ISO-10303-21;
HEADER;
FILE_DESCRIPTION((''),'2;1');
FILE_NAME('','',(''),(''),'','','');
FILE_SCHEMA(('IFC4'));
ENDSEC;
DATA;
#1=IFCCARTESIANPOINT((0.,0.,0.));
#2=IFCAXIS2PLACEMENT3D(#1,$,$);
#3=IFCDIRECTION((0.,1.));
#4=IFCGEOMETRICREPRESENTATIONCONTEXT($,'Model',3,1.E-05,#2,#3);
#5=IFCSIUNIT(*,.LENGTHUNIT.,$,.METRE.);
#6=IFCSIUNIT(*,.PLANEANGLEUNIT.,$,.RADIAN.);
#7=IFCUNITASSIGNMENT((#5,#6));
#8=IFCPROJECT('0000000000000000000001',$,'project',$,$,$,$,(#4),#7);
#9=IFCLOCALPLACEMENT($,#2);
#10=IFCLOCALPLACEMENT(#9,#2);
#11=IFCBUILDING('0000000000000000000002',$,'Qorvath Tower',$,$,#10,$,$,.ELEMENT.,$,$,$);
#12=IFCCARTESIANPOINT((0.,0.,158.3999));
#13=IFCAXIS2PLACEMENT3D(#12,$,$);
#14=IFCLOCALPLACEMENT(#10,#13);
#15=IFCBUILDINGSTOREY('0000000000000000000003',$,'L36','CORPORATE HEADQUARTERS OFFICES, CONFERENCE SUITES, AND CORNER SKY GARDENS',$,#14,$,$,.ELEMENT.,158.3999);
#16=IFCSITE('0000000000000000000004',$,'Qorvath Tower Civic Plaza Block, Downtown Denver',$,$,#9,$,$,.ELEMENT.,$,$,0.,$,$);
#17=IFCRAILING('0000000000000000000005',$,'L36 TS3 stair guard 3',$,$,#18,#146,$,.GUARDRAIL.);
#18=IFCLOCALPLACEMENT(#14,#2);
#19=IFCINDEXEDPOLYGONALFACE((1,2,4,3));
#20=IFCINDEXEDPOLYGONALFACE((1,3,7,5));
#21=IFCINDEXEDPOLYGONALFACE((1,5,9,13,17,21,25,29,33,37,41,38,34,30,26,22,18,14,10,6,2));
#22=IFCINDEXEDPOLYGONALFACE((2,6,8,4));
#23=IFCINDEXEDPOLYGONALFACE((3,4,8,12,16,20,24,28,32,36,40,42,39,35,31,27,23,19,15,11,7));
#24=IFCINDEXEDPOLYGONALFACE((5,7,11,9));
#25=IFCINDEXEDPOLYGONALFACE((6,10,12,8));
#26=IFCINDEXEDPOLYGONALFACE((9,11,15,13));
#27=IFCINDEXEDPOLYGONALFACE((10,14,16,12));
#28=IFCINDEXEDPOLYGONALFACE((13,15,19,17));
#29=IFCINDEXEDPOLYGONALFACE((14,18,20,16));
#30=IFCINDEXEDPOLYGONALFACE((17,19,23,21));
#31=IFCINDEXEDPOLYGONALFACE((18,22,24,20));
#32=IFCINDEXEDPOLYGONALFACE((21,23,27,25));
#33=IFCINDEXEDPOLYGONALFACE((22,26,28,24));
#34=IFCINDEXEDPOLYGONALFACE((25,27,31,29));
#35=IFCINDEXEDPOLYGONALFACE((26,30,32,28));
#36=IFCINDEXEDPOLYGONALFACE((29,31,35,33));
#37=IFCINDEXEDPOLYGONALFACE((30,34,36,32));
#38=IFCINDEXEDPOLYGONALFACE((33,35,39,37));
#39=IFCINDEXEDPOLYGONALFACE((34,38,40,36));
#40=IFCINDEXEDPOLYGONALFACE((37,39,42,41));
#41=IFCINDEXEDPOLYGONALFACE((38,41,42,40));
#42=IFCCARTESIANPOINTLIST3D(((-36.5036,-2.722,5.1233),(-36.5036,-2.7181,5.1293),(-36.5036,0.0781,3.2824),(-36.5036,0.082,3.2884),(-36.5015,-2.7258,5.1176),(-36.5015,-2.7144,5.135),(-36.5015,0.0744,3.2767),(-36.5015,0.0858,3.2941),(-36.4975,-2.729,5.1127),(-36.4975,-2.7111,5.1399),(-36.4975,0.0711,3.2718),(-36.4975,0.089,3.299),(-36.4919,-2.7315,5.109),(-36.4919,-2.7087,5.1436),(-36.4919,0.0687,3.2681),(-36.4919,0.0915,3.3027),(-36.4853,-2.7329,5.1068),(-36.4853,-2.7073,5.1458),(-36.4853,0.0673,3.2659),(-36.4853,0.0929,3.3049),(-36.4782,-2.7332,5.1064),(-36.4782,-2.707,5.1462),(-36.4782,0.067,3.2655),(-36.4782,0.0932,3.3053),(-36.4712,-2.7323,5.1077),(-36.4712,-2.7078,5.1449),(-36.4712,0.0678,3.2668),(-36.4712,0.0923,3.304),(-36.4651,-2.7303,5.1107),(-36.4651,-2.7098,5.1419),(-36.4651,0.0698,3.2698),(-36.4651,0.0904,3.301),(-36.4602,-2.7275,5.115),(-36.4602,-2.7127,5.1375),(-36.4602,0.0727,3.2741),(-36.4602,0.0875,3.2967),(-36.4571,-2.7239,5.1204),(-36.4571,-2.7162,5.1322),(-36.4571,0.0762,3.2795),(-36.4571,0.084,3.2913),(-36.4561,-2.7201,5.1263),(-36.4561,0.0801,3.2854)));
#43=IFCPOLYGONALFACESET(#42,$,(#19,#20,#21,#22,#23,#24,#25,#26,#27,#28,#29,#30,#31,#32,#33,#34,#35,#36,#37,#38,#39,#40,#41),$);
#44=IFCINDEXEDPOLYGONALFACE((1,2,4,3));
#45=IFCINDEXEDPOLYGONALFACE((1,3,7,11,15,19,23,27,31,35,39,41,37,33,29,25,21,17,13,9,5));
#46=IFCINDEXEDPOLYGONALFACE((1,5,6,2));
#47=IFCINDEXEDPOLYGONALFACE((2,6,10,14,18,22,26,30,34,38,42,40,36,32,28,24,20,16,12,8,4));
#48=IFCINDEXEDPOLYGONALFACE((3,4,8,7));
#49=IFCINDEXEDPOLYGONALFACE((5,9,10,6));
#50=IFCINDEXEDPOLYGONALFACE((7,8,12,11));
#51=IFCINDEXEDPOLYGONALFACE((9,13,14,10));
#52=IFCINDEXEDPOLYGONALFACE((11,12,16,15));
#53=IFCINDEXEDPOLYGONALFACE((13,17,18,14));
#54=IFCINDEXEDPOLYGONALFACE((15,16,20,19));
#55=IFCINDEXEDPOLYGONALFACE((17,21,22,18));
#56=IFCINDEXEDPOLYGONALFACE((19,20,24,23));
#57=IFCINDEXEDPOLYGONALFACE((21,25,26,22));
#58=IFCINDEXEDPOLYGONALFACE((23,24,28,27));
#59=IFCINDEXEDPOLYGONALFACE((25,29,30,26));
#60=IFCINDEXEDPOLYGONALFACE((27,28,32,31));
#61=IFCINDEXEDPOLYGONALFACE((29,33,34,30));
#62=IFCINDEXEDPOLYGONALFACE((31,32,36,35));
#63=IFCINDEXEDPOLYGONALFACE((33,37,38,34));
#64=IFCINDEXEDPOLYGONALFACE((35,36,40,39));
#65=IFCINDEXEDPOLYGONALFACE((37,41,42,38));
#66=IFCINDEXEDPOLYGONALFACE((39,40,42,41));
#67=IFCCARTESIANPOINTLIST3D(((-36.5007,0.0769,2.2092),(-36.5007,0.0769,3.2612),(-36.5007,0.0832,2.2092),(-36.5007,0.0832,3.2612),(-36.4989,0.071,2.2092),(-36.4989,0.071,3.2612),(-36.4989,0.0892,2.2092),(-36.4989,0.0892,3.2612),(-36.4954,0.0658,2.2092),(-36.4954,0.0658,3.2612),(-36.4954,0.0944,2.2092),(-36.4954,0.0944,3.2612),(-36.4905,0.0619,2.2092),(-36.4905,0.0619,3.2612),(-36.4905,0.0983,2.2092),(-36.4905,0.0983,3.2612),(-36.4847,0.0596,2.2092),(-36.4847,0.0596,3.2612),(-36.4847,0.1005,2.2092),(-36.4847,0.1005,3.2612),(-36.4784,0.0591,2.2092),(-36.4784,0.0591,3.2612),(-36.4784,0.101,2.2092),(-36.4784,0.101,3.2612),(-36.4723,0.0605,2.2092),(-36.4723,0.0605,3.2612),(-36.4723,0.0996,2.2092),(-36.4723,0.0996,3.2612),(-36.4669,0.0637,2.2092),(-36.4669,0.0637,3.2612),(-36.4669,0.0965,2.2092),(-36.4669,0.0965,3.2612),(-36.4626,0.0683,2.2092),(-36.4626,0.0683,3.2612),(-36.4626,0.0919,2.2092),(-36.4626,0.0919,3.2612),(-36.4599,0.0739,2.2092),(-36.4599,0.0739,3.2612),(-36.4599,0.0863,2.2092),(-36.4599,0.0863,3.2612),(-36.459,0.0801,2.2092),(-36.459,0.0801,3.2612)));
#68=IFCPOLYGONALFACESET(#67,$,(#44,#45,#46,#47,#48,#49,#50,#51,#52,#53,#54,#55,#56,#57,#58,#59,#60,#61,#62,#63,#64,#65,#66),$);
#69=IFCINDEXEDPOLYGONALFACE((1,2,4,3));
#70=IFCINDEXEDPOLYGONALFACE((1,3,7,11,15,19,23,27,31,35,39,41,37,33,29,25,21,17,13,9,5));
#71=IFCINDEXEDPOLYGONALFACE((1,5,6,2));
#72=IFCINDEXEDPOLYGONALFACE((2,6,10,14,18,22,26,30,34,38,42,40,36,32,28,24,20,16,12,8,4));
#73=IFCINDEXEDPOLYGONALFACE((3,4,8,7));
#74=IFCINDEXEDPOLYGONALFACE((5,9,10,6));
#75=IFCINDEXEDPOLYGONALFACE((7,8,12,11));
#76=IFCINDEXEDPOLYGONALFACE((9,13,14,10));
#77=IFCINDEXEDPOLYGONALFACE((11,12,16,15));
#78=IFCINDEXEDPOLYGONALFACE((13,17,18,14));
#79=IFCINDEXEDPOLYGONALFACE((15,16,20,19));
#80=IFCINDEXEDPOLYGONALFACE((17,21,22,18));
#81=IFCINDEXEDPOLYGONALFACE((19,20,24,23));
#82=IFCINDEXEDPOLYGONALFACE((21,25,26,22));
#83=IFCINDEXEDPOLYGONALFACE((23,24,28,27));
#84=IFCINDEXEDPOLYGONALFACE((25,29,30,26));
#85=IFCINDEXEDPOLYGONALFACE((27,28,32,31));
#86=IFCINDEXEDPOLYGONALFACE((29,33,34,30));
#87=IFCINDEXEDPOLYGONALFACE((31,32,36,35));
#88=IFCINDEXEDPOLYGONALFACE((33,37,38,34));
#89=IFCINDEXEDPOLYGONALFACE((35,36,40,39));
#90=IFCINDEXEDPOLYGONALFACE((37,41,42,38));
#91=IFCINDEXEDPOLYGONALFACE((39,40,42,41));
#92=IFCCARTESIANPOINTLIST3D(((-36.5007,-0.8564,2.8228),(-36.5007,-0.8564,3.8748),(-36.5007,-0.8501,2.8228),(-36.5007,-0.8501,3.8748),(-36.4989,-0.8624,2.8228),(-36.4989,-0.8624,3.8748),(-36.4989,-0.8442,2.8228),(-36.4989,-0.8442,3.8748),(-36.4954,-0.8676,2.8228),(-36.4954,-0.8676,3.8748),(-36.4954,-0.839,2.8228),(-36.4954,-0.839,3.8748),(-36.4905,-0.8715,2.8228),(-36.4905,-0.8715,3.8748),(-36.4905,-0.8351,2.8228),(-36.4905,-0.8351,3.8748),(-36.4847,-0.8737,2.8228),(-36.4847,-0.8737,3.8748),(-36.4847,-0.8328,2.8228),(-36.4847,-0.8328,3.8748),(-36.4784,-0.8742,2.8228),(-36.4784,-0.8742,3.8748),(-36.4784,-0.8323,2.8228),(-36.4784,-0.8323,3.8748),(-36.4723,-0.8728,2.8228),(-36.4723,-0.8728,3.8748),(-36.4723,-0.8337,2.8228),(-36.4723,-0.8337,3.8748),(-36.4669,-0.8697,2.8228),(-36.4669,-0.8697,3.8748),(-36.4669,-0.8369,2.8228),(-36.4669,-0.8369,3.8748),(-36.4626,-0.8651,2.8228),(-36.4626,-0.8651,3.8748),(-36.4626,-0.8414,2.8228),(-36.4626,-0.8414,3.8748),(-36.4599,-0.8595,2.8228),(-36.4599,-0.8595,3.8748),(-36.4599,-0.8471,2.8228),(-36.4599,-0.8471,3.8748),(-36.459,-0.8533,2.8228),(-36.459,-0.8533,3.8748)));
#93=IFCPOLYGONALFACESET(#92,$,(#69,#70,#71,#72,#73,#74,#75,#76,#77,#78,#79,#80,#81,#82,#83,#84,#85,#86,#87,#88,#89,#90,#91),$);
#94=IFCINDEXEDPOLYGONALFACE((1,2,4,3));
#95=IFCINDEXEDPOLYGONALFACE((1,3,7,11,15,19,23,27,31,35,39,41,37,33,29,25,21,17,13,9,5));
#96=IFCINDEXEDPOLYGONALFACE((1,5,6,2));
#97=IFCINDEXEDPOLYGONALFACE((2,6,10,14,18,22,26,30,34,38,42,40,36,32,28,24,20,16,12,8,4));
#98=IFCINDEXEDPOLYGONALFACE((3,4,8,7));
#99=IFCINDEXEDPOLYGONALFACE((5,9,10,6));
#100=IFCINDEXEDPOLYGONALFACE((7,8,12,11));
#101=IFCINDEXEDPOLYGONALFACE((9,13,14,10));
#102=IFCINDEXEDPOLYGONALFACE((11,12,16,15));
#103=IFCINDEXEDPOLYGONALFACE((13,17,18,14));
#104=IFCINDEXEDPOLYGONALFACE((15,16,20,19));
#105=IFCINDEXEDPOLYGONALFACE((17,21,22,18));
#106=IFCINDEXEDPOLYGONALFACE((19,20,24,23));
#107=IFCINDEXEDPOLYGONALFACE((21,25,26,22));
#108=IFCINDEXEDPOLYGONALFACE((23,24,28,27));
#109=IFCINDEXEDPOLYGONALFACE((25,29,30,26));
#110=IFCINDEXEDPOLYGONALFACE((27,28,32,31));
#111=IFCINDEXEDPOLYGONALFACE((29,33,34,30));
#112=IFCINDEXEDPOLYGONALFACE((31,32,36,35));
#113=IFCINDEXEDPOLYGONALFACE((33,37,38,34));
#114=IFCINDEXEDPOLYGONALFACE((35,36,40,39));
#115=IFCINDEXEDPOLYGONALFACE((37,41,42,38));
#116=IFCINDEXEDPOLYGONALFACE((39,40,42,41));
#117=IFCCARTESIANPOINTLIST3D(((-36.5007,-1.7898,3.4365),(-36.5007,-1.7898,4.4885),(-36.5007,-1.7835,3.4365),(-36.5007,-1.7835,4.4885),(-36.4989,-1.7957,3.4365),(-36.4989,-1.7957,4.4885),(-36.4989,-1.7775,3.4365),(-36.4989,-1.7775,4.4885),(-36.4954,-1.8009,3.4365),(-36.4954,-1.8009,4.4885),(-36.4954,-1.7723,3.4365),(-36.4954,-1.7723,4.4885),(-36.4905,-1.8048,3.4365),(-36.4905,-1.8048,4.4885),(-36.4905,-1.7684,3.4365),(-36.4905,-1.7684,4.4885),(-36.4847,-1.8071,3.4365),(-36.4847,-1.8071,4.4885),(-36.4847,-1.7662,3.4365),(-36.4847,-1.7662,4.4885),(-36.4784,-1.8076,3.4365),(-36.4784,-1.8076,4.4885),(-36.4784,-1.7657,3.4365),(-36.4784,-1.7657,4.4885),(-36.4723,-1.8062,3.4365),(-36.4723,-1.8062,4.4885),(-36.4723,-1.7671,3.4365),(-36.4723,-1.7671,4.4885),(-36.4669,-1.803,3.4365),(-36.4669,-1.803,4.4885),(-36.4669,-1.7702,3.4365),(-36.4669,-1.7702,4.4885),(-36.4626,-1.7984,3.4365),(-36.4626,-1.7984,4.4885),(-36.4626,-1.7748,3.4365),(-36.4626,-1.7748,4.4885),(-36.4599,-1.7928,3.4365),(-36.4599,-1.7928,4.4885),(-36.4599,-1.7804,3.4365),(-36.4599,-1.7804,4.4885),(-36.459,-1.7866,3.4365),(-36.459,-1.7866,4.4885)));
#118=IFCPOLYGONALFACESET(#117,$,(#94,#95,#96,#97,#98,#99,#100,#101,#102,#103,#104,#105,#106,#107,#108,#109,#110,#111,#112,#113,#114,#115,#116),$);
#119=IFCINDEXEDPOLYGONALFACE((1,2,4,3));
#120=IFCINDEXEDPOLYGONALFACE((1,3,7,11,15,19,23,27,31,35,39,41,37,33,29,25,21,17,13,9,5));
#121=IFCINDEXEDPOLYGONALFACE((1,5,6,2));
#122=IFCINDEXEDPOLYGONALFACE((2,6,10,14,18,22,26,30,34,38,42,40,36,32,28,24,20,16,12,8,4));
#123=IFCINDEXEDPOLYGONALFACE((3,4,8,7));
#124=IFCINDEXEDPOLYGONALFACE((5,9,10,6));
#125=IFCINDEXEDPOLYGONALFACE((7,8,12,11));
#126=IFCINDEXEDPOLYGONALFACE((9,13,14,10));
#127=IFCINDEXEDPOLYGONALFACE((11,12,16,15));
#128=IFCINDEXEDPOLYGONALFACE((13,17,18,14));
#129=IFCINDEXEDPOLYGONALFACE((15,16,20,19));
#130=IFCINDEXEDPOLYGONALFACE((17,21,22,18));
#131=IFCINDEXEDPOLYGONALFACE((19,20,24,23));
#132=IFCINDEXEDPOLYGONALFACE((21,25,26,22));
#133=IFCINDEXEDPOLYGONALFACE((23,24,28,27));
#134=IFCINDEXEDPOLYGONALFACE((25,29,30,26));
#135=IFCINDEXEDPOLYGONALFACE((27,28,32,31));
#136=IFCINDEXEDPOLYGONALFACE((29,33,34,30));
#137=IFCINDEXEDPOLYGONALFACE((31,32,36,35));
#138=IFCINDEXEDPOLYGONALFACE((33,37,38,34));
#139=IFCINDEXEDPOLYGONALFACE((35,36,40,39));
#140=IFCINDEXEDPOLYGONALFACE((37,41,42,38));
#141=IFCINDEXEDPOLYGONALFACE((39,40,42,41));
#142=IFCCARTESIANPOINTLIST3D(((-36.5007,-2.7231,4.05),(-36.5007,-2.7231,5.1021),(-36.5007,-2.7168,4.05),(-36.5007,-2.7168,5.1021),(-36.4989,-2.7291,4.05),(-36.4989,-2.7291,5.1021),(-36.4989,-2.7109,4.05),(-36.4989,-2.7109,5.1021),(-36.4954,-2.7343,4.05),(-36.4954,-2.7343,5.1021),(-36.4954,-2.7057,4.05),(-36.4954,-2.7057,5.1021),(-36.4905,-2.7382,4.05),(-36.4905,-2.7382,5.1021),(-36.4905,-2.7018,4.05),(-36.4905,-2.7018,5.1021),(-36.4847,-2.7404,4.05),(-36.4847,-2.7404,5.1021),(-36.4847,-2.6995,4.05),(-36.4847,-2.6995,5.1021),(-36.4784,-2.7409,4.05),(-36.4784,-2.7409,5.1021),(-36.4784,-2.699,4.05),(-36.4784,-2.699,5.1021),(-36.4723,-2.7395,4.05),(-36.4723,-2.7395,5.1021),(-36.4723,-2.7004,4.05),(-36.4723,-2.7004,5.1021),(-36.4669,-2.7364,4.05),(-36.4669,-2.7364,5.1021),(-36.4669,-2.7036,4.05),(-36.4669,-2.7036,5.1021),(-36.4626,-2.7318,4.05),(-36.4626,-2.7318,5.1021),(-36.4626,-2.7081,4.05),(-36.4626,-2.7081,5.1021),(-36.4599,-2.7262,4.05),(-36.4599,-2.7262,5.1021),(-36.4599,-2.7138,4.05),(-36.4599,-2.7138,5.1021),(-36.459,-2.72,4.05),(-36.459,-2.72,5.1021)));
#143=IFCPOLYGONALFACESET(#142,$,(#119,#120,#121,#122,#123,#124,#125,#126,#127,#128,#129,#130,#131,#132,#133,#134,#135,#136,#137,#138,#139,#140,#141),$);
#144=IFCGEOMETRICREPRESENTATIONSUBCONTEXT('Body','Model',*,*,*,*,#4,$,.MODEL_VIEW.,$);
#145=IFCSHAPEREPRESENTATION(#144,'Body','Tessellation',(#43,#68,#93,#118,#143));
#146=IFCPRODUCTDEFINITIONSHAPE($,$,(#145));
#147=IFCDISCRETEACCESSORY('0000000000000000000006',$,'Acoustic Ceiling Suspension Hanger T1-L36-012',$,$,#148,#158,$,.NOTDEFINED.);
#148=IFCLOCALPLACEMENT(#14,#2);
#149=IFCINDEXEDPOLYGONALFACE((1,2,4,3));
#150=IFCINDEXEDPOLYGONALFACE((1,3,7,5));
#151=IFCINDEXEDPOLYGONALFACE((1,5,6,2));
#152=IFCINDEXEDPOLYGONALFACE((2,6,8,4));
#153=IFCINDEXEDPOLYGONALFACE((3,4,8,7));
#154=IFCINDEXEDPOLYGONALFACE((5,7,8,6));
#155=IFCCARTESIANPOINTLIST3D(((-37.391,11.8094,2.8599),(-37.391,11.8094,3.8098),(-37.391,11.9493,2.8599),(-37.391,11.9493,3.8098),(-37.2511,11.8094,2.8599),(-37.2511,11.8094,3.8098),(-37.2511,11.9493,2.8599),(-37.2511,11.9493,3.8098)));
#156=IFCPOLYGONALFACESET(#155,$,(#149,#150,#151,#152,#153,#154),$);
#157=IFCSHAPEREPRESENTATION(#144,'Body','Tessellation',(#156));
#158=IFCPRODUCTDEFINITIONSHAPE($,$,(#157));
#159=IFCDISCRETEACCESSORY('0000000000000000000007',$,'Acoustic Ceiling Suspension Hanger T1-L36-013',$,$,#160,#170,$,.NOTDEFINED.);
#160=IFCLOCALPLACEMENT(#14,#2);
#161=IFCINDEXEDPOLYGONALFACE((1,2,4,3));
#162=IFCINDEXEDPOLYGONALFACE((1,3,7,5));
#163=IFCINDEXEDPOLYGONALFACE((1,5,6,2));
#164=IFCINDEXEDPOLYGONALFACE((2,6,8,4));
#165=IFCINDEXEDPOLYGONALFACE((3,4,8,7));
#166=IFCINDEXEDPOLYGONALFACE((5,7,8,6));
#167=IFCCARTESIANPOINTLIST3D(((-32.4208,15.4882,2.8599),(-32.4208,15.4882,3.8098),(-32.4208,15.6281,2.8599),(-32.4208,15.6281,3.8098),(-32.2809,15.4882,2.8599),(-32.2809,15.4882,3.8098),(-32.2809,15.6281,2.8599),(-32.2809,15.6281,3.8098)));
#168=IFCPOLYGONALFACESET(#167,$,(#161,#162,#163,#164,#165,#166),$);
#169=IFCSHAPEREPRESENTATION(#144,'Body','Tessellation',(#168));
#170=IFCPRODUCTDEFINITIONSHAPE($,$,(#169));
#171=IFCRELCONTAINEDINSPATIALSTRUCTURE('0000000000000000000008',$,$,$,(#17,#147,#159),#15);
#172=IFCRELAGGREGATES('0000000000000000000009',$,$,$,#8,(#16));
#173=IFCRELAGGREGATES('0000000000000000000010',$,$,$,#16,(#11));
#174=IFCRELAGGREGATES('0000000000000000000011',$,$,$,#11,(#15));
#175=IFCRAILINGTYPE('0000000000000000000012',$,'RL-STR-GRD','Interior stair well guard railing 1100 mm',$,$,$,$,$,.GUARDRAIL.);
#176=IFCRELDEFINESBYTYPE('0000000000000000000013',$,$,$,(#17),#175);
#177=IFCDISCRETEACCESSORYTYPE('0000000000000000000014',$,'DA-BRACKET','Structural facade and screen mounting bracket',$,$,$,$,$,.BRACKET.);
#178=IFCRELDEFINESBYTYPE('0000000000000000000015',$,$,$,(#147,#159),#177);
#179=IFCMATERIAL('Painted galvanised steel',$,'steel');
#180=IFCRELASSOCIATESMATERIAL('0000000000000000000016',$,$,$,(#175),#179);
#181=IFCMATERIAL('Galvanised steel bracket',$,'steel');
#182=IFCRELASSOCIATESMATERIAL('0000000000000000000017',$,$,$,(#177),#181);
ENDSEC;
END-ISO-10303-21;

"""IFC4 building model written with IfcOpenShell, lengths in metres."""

from ifc_helpers import new_model, si_unit, direction, frame, origin, origin_2d, place, context, subcontext, project, spatial, rectangle, circle, extrude, material, type_object, element, save


model = new_model("IFC4")

# Units and contexts
model_context = context("Model", 3, precision=1e-05, world=origin(), true_north=direction((0.0, 1.0)))
body_context = subcontext(model_context, "Body", "Model", "MODEL_VIEW")
ifc_project = project(units=[si_unit("LENGTHUNIT", "METRE"), si_unit("PLANEANGLEUNIT", "RADIAN")], contexts=[model_context])

# Site, building, storey
site_placement = place(None, origin())
site = spatial("IfcSite", under=ifc_project, at=site_placement, Name="Qorvath Tower Civic Plaza Block, Downtown Denver", CompositionType="ELEMENT", RefElevation=0.0)
building_placement = place(site_placement, origin())
building = spatial("IfcBuilding", under=site, at=building_placement, Name="Qorvath Tower", CompositionType="ELEMENT")
storey_placement = place(building_placement, frame((0.0, 0.0, 158.3999)))
storey = spatial("IfcBuildingStorey", under=building, at=storey_placement, Name="L36", Description="CORPORATE HEADQUARTERS OFFICES, CONFERENCE SUITES, AND CORNER SKY GARDENS", CompositionType="ELEMENT", Elevation=158.3999)

# Railing
ifc_material_1 = material(Name="Painted galvanised steel", Category="steel")
railing_type = type_object("IfcRailingType", Name="RL-STR-GRD", Description="Interior stair well guard railing 1100 mm", PredefinedType="GUARDRAIL", material=ifc_material_1)
railing_1_placement = place(storey_placement, frame((-36.48, 0.0801, 2.2092)))
element("IfcRailing", 1, at=railing_1_placement, inside=storey, type_object=railing_type, Name="L36 TS3 stair guard 3", PredefinedType="GUARDRAIL", context=body_context, shape_type="SweptSolid", body=[
    extrude(circle(Radius=0.0239, at=origin_2d()), frame((0.0, 0.0, 1.0762), z_axis=(0.0, -0.835598, 0.549342), x_axis=(1.0, 0.0, 0.0)), (0.0, 0.0, 1.0), 3.3511),
    extrude(circle(Radius=0.021, at=origin_2d()), origin(), (0.0, 0.0, 1.0), 1.052),
    extrude(circle(Radius=0.021, at=origin_2d()), frame((0.0, -0.9333, 0.6135)), (0.0, 0.0, 1.0), 1.052),
    extrude(circle(Radius=0.021, at=origin_2d()), frame((0.0, -1.8667, 1.2273)), (0.0, 0.0, 1.0), 1.052),
    extrude(circle(Radius=0.021, at=origin_2d()), frame((0.0, -2.8, 1.8408)), (0.0, 0.0, 1.0), 1.052),
])

# Discrete accessories
ifc_material_2 = material(Name="Galvanised steel bracket", Category="steel")
discrete_accessory_type = type_object("IfcDiscreteAccessoryType", Name="DA-BRACKET", Description="Structural facade and screen mounting bracket", PredefinedType="BRACKET", material=ifc_material_2)
for number, where, z_axis, x_axis, name in (
    (2, (-37.321, 11.8794, 2.8599), (0.0, 0.0, 1.0), (1.0, 0.0, 0.0), "Acoustic Ceiling Suspension Hanger T1-L36-012"),
    (3, (-32.3508, 15.5581, 2.8599), (0.0, 0.0, 1.0), (1.0, 0.0, 0.0), "Acoustic Ceiling Suspension Hanger T1-L36-013"),
):
    element("IfcDiscreteAccessory", number, at=place(storey_placement, frame(where, z_axis=z_axis, x_axis=x_axis)), inside=storey, type_object=discrete_accessory_type, Name=name, PredefinedType="NOTDEFINED", context=body_context, shape_type="SweptSolid", body=[
        extrude(rectangle(XDim=0.1399, YDim=0.1399, at=origin_2d()), origin(), (0.0, 0.0, 1.0), 0.95),
    ])

save(model, "model.ifc")
